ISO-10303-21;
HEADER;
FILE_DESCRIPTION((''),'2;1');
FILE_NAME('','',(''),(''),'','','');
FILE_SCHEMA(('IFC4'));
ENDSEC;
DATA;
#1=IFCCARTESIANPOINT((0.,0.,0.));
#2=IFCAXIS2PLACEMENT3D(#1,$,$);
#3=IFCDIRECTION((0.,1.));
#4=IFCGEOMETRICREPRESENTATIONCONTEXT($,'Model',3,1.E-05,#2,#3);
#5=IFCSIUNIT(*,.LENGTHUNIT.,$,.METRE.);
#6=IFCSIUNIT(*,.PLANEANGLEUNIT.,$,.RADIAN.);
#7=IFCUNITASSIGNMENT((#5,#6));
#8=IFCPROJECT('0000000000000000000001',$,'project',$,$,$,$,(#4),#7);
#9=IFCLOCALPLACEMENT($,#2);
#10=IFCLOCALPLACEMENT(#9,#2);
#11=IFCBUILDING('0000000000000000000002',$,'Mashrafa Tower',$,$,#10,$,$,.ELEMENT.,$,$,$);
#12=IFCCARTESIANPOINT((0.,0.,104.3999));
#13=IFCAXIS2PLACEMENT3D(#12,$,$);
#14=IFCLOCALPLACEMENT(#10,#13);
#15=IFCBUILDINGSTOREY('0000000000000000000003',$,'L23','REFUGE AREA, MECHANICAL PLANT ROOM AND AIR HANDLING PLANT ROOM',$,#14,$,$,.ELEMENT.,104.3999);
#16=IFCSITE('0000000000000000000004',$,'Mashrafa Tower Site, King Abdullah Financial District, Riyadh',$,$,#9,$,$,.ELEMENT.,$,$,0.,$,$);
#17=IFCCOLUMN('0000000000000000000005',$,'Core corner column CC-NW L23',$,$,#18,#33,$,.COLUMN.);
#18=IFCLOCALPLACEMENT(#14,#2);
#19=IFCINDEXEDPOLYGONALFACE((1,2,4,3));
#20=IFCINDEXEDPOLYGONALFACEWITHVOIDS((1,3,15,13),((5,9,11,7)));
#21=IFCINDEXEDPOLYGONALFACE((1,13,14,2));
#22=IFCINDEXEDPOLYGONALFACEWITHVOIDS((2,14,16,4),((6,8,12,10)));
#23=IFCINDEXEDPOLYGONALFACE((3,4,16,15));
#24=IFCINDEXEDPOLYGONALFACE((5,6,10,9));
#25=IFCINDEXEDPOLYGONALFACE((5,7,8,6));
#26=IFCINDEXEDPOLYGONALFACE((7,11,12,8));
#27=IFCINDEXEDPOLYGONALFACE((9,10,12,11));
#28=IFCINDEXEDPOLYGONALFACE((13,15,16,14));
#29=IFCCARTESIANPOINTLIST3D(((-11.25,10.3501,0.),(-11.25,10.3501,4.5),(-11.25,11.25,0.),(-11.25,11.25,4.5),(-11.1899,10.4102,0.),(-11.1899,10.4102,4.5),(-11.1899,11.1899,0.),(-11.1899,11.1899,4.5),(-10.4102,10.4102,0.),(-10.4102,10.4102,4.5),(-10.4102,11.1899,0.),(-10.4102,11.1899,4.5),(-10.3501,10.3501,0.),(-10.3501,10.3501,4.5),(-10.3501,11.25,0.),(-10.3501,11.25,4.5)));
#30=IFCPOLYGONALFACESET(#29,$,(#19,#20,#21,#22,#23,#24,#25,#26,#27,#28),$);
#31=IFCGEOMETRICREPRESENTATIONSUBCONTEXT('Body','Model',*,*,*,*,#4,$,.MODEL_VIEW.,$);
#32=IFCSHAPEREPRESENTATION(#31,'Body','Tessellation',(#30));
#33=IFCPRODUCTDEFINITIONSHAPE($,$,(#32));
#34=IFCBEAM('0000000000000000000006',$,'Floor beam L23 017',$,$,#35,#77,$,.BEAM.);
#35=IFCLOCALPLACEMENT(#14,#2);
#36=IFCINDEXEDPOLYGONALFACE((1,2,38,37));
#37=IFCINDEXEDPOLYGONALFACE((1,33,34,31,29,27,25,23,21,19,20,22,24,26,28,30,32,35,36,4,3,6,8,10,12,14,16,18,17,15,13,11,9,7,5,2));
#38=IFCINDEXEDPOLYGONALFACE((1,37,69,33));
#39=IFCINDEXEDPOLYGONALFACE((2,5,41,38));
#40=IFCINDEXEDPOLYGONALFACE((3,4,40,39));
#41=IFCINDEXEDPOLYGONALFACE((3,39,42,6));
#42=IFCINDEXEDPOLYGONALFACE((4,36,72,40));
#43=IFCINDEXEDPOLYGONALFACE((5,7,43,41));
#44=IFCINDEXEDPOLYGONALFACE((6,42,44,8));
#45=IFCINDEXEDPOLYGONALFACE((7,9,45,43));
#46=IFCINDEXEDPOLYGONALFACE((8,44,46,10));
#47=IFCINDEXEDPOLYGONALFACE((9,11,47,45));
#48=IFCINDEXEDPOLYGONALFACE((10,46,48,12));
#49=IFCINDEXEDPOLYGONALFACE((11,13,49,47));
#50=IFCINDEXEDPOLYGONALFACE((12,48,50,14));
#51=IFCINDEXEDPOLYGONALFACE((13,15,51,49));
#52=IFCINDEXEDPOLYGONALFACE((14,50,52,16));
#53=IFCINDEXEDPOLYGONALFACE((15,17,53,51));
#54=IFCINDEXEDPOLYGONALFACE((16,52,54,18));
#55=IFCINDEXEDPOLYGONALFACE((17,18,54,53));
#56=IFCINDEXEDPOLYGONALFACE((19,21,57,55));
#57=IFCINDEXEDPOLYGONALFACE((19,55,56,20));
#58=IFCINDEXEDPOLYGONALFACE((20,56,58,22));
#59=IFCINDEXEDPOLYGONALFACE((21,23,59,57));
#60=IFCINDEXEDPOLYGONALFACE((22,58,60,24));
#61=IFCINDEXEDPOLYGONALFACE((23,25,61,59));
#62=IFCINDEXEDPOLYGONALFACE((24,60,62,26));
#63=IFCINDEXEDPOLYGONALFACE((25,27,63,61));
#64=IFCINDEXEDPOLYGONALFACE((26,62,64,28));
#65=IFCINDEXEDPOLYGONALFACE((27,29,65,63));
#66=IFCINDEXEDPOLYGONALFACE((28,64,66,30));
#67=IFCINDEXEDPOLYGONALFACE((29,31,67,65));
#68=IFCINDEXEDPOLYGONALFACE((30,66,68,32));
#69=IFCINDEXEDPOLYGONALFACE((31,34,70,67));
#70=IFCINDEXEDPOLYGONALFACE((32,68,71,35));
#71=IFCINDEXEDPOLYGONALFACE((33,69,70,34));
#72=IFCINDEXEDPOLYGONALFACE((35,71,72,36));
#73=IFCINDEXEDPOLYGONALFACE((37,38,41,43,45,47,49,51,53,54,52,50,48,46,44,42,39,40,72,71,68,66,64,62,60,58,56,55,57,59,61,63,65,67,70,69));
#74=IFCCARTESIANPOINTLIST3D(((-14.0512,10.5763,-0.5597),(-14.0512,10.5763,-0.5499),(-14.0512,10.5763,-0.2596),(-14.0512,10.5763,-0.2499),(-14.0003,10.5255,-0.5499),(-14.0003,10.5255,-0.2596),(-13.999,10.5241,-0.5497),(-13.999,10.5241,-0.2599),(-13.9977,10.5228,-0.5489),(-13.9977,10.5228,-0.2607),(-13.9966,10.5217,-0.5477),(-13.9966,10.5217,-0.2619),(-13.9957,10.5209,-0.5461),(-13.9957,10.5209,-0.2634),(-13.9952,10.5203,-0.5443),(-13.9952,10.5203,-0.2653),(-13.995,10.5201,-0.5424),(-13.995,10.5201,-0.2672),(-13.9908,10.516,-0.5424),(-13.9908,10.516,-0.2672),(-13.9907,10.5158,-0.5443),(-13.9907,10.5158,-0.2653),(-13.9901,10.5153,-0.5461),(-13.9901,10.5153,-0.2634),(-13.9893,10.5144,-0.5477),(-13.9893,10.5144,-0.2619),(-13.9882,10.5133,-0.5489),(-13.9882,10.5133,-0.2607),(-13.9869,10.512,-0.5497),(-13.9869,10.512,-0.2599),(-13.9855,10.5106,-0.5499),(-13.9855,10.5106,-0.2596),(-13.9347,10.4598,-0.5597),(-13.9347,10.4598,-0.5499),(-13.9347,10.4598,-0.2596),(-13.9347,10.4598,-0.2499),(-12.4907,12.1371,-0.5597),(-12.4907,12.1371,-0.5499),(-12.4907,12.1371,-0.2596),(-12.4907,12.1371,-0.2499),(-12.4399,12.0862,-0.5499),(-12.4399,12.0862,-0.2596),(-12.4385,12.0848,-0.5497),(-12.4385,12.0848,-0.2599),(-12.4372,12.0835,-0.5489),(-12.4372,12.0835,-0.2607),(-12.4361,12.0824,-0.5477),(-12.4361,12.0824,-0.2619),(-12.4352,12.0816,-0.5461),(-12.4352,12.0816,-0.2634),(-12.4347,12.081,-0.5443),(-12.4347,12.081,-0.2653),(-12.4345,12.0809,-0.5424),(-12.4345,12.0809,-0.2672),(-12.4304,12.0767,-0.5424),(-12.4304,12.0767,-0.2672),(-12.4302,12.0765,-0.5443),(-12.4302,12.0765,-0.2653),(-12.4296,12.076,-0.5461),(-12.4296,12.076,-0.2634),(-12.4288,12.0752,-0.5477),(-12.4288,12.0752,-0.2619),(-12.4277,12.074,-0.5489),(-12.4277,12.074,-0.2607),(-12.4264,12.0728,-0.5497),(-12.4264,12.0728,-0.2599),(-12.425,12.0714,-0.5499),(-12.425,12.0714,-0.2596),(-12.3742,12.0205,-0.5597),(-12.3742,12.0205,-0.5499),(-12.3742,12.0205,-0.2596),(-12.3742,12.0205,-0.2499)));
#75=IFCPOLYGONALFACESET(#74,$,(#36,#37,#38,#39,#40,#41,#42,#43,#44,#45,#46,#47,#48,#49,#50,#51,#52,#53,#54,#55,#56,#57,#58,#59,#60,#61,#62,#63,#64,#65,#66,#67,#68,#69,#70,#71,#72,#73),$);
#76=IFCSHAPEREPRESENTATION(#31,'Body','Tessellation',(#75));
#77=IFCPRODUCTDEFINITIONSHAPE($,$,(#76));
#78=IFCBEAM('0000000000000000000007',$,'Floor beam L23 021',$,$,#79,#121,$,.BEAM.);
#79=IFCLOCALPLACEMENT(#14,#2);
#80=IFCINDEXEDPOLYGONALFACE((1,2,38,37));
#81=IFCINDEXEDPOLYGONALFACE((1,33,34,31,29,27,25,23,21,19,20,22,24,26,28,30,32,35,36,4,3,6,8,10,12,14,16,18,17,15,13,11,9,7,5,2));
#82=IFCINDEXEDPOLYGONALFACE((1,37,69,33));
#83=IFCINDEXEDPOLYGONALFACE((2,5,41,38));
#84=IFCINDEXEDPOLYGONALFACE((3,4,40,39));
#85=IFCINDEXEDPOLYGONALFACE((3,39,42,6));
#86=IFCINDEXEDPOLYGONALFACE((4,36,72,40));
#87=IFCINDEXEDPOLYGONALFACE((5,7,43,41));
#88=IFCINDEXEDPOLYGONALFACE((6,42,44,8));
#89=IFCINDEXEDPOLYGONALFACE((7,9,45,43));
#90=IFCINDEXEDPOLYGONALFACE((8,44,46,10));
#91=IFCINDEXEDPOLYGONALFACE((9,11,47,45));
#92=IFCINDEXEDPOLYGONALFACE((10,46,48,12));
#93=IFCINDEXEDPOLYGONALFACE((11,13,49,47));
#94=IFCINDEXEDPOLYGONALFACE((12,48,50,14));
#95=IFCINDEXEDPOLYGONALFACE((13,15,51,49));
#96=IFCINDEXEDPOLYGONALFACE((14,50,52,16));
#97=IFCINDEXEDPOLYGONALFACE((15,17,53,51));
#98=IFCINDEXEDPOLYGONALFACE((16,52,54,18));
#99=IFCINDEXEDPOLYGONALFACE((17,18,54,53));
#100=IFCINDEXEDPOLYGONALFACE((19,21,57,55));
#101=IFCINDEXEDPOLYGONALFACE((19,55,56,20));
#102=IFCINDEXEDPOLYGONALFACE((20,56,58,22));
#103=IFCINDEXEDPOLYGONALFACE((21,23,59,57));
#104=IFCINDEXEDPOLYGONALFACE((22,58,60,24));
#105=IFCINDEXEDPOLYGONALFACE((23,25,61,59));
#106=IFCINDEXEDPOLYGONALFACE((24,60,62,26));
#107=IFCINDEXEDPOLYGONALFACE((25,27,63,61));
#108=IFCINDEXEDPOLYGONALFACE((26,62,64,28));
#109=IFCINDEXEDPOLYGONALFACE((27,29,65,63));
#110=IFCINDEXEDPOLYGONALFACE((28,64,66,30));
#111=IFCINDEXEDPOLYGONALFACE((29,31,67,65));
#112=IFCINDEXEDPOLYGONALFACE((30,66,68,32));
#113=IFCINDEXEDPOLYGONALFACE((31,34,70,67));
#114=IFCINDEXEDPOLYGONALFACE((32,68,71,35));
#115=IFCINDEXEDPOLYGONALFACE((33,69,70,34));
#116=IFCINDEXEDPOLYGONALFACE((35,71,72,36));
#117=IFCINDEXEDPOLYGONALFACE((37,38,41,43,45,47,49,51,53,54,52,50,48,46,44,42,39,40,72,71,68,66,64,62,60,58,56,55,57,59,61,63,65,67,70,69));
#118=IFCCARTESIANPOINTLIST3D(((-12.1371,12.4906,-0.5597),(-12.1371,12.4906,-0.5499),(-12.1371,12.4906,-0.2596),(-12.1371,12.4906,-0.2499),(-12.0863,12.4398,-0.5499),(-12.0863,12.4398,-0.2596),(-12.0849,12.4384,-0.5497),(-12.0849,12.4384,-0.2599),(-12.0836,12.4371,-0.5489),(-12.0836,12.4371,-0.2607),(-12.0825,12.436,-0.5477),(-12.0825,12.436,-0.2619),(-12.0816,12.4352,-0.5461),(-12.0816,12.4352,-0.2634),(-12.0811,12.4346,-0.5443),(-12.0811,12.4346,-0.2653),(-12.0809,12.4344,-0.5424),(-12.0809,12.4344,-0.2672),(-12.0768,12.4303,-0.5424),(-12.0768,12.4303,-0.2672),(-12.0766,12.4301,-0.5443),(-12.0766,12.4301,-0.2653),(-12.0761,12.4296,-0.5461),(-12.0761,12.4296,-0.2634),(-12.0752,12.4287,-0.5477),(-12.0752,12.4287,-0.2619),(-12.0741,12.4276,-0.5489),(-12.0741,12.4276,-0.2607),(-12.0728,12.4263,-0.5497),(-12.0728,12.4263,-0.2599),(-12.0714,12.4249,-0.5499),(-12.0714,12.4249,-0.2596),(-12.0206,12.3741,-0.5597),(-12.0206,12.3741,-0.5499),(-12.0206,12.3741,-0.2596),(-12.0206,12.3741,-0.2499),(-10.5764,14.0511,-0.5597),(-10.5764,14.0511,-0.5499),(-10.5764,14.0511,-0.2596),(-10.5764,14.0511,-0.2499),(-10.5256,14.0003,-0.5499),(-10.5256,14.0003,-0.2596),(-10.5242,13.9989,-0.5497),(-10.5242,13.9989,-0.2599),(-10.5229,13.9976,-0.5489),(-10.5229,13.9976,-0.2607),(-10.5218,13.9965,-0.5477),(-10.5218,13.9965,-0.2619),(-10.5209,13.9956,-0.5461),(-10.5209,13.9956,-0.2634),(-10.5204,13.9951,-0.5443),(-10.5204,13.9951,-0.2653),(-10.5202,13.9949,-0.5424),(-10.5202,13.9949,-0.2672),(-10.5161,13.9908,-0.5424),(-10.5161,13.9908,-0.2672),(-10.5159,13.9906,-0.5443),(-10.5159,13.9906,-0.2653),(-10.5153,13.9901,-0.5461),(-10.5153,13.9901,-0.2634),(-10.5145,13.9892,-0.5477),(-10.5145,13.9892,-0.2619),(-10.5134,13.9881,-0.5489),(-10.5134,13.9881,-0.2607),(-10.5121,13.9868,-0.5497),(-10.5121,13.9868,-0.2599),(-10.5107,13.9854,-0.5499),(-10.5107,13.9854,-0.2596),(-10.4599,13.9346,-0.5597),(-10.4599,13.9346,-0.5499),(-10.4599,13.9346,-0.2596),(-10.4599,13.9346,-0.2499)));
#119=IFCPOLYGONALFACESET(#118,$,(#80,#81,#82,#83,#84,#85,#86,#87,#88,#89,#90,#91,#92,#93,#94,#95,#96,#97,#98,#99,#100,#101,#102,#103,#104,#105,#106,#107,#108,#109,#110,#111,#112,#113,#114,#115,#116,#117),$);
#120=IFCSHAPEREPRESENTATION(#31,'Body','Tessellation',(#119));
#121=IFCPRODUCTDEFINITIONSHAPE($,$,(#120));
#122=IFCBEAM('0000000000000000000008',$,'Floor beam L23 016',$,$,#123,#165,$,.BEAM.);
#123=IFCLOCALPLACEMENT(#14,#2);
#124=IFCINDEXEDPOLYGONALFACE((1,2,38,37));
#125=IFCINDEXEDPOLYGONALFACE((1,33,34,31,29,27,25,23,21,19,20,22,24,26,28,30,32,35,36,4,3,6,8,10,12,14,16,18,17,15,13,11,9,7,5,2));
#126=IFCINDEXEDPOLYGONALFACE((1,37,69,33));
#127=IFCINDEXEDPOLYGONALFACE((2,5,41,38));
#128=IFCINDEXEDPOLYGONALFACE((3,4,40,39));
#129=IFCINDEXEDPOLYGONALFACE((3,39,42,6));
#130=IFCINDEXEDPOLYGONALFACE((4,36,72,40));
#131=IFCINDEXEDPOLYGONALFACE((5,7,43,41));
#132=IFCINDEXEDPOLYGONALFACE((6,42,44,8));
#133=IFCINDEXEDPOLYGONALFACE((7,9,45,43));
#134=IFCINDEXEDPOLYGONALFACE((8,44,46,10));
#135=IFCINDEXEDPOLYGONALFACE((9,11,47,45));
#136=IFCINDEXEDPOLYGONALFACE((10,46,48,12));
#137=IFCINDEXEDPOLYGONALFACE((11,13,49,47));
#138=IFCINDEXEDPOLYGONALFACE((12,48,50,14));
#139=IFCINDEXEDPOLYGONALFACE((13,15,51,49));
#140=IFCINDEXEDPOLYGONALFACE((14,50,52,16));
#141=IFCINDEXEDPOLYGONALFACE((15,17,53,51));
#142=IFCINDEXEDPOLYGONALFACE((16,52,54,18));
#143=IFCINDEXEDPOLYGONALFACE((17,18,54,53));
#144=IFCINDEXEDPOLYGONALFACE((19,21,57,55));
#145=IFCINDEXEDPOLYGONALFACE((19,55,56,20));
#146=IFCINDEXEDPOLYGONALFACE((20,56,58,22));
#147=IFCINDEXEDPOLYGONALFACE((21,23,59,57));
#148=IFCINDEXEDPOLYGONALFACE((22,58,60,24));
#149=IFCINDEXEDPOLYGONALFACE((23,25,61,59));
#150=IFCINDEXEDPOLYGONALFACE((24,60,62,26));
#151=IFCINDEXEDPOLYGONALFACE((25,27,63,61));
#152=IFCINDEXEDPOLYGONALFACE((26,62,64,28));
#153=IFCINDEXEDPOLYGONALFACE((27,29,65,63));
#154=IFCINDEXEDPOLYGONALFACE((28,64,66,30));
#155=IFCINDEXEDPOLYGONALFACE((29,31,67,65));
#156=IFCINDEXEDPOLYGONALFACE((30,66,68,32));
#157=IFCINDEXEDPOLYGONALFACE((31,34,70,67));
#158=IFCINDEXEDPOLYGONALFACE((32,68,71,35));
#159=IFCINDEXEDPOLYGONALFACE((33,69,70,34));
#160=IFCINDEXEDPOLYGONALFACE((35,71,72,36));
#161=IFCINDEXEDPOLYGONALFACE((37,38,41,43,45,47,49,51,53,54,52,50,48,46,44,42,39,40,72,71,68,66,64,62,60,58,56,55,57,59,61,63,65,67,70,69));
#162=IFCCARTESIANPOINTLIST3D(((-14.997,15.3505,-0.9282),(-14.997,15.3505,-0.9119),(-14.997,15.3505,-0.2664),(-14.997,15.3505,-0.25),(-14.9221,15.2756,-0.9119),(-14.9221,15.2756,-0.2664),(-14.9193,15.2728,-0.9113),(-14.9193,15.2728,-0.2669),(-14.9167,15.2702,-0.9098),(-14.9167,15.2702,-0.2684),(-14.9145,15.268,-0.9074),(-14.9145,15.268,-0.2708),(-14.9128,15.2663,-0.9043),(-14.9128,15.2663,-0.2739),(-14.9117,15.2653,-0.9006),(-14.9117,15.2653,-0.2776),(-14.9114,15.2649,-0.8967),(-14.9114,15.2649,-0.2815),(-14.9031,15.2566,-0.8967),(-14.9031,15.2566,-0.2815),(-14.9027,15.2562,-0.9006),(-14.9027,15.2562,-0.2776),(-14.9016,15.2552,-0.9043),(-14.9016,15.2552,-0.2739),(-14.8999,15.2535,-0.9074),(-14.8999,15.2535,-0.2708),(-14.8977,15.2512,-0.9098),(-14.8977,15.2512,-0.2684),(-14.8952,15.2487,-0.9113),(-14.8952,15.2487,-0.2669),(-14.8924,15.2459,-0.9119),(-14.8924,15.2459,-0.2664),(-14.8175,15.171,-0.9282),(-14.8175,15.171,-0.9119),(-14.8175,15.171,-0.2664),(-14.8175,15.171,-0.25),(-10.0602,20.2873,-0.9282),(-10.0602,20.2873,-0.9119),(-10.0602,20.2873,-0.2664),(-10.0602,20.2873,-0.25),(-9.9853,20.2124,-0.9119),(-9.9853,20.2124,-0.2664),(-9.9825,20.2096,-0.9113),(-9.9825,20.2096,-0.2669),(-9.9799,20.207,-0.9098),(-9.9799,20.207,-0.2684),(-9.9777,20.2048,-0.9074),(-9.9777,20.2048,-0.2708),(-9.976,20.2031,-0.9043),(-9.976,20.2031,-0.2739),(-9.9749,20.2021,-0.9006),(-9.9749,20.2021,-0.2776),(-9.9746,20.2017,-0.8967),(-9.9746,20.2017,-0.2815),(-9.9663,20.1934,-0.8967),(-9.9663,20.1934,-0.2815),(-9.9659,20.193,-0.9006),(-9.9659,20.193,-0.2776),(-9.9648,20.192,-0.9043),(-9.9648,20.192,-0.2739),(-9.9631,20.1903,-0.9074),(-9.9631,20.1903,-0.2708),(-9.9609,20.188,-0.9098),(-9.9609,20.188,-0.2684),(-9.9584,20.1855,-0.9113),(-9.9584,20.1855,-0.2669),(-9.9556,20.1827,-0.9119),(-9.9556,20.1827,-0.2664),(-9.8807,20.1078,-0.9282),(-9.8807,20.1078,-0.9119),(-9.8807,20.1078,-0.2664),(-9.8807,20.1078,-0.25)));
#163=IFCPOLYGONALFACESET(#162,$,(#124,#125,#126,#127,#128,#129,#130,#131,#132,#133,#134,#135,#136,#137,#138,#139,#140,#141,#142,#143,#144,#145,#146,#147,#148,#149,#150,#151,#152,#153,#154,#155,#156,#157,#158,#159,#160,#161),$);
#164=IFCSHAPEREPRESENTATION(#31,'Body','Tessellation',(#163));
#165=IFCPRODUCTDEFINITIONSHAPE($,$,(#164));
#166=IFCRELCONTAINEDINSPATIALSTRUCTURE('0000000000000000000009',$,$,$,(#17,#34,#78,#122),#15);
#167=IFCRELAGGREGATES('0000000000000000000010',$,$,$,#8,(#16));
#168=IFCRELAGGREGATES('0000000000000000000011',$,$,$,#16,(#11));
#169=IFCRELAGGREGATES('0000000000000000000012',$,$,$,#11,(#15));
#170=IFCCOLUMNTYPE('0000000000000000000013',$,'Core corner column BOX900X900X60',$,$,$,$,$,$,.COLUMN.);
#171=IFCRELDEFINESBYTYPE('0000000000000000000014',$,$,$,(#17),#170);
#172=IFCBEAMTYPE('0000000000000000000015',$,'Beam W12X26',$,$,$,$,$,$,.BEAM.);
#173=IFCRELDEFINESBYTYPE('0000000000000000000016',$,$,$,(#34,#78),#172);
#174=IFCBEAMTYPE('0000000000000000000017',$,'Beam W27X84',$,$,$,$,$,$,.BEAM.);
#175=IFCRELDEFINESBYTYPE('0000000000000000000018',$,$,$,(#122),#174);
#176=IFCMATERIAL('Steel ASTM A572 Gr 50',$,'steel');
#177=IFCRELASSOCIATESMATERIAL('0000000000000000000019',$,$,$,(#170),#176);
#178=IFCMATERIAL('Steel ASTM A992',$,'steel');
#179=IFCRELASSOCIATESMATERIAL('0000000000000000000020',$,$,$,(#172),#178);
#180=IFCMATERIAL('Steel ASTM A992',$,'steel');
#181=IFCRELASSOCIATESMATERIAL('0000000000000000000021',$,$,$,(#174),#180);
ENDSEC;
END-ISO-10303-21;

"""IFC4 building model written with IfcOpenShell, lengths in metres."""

from ifc_helpers import new_model, si_unit, direction, frame, origin, origin_2d, place, context, subcontext, project, spatial, hollow_rectangle, i_section, extrude, material, material_profile, profile_set, type_object, element, save


model = new_model("IFC4")

# Units and contexts
model_context = context("Model", 3, precision=1e-05, world=origin(), true_north=direction((0.0, 1.0)))
body_context = subcontext(model_context, "Body", "Model", "MODEL_VIEW")
ifc_project = project(units=[si_unit("LENGTHUNIT", "METRE"), si_unit("PLANEANGLEUNIT", "RADIAN")], contexts=[model_context])

# Site, building, storey
site_placement = place(None, origin())
site = spatial("IfcSite", under=ifc_project, at=site_placement, Name="Mashrafa Tower Site, King Abdullah Financial District, Riyadh", CompositionType="ELEMENT", RefElevation=0.0)
building_placement = place(site_placement, origin())
building = spatial("IfcBuilding", under=site, at=building_placement, Name="Mashrafa Tower", CompositionType="ELEMENT")
storey_placement = place(building_placement, frame((0.0, 0.0, 104.3999)))
storey = spatial("IfcBuildingStorey", under=building, at=storey_placement, Name="L23", Description="REFUGE AREA, MECHANICAL PLANT ROOM AND AIR HANDLING PLANT ROOM", CompositionType="ELEMENT", Elevation=104.3999)

# Column
ifc_material_1 = material(Name="Steel ASTM A572 Gr 50", Category="steel")
ifc_material_profile_1 = material_profile(ifc_material_1, hollow_rectangle(XDim=0.8999, YDim=0.8999, WallThickness=0.0601, at=origin_2d()), Name="BOX900X900X60")
ifc_profile_set_1 = profile_set([ifc_material_profile_1], Name="Steel ASTM A572 Gr 50")
column_type = type_object("IfcColumnType", Name="Core corner column BOX900X900X60", PredefinedType="COLUMN", material=ifc_profile_set_1)
column_placement = place(storey_placement, frame((-10.8, 10.8, 0.0), z_axis=(0.0, 0.0, 1.0), x_axis=(1.0, 0.0, 0.0)))
element("IfcColumn", 1, at=column_placement, inside=storey, type_object=column_type, Name="Core corner column CC-NW L23", PredefinedType="COLUMN", context=body_context, shape_type="SweptSolid", body=[
    extrude(hollow_rectangle(XDim=0.8999, YDim=0.8999, WallThickness=0.0601, at=origin_2d()), origin(), (0.0, 0.0, 1.0), 4.5),
])

# Beams
ifc_material_2 = material(Name="Steel ASTM A992", Category="steel")
ifc_material_profile_2 = material_profile(ifc_material_2, i_section(OverallWidth=0.1648, OverallDepth=0.3098, WebThickness=0.0059, FlangeThickness=0.0098, FilletRadius=0.0076, at=origin_2d()), Name="W12X26")
ifc_profile_set_2 = profile_set([ifc_material_profile_2], Name="Steel ASTM A992")
beam_type_1 = type_object("IfcBeamType", Name="Beam W12X26", PredefinedType="BEAM", material=ifc_profile_set_2)
for number, where, z_axis, x_axis, name in (
    (2, (-13.9929, 10.5181, -0.4048), (0.707051, 0.707162, 0.0), (-0.707162, 0.707051, 0.0), "Floor beam L23 017"),
    (3, (-12.0789, 12.4324, -0.4048), (0.707162, 0.707051, 0.0), (-0.707051, 0.707162, 0.0), "Floor beam L23 021"),
):
    element("IfcBeam", number, at=place(storey_placement, frame(where, z_axis=z_axis, x_axis=x_axis)), inside=storey, type_object=beam_type_1, Name=name, PredefinedType="BEAM", context=body_context, shape_type="SweptSolid", body=[
        extrude(i_section(OverallWidth=0.1648, OverallDepth=0.3098, WebThickness=0.0059, FlangeThickness=0.0098, FilletRadius=0.0076, at=origin_2d()), origin(), (0.0, 0.0, 1.0), 2.207),
    ])
ifc_material_3 = material(Name="Steel ASTM A992", Category="steel")
ifc_material_profile_3 = material_profile(ifc_material_3, i_section(OverallWidth=0.2539, OverallDepth=0.6782, WebThickness=0.0117, FlangeThickness=0.0164, FilletRadius=0.0151, at=origin_2d()), Name="W27X84")
ifc_profile_set_3 = profile_set([ifc_material_profile_3], Name="Steel ASTM A992")
beam_type_2 = type_object("IfcBeamType", Name="Beam W27X84", PredefinedType="BEAM", material=ifc_profile_set_3)
beam_1_placement = place(storey_placement, frame((-14.9072, 15.2607, -0.5891), z_axis=(0.707107, 0.707107, 0.0), x_axis=(-0.707107, 0.707107, 0.0)))
element("IfcBeam", 4, at=beam_1_placement, inside=storey, type_object=beam_type_2, Name="Floor beam L23 016", PredefinedType="BEAM", context=body_context, shape_type="SweptSolid", body=[
    extrude(i_section(OverallWidth=0.2539, OverallDepth=0.6782, WebThickness=0.0117, FlangeThickness=0.0164, FilletRadius=0.0151, at=origin_2d()), origin(), (0.0, 0.0, 1.0), 6.9817),
])

save(model, "model.ifc")
